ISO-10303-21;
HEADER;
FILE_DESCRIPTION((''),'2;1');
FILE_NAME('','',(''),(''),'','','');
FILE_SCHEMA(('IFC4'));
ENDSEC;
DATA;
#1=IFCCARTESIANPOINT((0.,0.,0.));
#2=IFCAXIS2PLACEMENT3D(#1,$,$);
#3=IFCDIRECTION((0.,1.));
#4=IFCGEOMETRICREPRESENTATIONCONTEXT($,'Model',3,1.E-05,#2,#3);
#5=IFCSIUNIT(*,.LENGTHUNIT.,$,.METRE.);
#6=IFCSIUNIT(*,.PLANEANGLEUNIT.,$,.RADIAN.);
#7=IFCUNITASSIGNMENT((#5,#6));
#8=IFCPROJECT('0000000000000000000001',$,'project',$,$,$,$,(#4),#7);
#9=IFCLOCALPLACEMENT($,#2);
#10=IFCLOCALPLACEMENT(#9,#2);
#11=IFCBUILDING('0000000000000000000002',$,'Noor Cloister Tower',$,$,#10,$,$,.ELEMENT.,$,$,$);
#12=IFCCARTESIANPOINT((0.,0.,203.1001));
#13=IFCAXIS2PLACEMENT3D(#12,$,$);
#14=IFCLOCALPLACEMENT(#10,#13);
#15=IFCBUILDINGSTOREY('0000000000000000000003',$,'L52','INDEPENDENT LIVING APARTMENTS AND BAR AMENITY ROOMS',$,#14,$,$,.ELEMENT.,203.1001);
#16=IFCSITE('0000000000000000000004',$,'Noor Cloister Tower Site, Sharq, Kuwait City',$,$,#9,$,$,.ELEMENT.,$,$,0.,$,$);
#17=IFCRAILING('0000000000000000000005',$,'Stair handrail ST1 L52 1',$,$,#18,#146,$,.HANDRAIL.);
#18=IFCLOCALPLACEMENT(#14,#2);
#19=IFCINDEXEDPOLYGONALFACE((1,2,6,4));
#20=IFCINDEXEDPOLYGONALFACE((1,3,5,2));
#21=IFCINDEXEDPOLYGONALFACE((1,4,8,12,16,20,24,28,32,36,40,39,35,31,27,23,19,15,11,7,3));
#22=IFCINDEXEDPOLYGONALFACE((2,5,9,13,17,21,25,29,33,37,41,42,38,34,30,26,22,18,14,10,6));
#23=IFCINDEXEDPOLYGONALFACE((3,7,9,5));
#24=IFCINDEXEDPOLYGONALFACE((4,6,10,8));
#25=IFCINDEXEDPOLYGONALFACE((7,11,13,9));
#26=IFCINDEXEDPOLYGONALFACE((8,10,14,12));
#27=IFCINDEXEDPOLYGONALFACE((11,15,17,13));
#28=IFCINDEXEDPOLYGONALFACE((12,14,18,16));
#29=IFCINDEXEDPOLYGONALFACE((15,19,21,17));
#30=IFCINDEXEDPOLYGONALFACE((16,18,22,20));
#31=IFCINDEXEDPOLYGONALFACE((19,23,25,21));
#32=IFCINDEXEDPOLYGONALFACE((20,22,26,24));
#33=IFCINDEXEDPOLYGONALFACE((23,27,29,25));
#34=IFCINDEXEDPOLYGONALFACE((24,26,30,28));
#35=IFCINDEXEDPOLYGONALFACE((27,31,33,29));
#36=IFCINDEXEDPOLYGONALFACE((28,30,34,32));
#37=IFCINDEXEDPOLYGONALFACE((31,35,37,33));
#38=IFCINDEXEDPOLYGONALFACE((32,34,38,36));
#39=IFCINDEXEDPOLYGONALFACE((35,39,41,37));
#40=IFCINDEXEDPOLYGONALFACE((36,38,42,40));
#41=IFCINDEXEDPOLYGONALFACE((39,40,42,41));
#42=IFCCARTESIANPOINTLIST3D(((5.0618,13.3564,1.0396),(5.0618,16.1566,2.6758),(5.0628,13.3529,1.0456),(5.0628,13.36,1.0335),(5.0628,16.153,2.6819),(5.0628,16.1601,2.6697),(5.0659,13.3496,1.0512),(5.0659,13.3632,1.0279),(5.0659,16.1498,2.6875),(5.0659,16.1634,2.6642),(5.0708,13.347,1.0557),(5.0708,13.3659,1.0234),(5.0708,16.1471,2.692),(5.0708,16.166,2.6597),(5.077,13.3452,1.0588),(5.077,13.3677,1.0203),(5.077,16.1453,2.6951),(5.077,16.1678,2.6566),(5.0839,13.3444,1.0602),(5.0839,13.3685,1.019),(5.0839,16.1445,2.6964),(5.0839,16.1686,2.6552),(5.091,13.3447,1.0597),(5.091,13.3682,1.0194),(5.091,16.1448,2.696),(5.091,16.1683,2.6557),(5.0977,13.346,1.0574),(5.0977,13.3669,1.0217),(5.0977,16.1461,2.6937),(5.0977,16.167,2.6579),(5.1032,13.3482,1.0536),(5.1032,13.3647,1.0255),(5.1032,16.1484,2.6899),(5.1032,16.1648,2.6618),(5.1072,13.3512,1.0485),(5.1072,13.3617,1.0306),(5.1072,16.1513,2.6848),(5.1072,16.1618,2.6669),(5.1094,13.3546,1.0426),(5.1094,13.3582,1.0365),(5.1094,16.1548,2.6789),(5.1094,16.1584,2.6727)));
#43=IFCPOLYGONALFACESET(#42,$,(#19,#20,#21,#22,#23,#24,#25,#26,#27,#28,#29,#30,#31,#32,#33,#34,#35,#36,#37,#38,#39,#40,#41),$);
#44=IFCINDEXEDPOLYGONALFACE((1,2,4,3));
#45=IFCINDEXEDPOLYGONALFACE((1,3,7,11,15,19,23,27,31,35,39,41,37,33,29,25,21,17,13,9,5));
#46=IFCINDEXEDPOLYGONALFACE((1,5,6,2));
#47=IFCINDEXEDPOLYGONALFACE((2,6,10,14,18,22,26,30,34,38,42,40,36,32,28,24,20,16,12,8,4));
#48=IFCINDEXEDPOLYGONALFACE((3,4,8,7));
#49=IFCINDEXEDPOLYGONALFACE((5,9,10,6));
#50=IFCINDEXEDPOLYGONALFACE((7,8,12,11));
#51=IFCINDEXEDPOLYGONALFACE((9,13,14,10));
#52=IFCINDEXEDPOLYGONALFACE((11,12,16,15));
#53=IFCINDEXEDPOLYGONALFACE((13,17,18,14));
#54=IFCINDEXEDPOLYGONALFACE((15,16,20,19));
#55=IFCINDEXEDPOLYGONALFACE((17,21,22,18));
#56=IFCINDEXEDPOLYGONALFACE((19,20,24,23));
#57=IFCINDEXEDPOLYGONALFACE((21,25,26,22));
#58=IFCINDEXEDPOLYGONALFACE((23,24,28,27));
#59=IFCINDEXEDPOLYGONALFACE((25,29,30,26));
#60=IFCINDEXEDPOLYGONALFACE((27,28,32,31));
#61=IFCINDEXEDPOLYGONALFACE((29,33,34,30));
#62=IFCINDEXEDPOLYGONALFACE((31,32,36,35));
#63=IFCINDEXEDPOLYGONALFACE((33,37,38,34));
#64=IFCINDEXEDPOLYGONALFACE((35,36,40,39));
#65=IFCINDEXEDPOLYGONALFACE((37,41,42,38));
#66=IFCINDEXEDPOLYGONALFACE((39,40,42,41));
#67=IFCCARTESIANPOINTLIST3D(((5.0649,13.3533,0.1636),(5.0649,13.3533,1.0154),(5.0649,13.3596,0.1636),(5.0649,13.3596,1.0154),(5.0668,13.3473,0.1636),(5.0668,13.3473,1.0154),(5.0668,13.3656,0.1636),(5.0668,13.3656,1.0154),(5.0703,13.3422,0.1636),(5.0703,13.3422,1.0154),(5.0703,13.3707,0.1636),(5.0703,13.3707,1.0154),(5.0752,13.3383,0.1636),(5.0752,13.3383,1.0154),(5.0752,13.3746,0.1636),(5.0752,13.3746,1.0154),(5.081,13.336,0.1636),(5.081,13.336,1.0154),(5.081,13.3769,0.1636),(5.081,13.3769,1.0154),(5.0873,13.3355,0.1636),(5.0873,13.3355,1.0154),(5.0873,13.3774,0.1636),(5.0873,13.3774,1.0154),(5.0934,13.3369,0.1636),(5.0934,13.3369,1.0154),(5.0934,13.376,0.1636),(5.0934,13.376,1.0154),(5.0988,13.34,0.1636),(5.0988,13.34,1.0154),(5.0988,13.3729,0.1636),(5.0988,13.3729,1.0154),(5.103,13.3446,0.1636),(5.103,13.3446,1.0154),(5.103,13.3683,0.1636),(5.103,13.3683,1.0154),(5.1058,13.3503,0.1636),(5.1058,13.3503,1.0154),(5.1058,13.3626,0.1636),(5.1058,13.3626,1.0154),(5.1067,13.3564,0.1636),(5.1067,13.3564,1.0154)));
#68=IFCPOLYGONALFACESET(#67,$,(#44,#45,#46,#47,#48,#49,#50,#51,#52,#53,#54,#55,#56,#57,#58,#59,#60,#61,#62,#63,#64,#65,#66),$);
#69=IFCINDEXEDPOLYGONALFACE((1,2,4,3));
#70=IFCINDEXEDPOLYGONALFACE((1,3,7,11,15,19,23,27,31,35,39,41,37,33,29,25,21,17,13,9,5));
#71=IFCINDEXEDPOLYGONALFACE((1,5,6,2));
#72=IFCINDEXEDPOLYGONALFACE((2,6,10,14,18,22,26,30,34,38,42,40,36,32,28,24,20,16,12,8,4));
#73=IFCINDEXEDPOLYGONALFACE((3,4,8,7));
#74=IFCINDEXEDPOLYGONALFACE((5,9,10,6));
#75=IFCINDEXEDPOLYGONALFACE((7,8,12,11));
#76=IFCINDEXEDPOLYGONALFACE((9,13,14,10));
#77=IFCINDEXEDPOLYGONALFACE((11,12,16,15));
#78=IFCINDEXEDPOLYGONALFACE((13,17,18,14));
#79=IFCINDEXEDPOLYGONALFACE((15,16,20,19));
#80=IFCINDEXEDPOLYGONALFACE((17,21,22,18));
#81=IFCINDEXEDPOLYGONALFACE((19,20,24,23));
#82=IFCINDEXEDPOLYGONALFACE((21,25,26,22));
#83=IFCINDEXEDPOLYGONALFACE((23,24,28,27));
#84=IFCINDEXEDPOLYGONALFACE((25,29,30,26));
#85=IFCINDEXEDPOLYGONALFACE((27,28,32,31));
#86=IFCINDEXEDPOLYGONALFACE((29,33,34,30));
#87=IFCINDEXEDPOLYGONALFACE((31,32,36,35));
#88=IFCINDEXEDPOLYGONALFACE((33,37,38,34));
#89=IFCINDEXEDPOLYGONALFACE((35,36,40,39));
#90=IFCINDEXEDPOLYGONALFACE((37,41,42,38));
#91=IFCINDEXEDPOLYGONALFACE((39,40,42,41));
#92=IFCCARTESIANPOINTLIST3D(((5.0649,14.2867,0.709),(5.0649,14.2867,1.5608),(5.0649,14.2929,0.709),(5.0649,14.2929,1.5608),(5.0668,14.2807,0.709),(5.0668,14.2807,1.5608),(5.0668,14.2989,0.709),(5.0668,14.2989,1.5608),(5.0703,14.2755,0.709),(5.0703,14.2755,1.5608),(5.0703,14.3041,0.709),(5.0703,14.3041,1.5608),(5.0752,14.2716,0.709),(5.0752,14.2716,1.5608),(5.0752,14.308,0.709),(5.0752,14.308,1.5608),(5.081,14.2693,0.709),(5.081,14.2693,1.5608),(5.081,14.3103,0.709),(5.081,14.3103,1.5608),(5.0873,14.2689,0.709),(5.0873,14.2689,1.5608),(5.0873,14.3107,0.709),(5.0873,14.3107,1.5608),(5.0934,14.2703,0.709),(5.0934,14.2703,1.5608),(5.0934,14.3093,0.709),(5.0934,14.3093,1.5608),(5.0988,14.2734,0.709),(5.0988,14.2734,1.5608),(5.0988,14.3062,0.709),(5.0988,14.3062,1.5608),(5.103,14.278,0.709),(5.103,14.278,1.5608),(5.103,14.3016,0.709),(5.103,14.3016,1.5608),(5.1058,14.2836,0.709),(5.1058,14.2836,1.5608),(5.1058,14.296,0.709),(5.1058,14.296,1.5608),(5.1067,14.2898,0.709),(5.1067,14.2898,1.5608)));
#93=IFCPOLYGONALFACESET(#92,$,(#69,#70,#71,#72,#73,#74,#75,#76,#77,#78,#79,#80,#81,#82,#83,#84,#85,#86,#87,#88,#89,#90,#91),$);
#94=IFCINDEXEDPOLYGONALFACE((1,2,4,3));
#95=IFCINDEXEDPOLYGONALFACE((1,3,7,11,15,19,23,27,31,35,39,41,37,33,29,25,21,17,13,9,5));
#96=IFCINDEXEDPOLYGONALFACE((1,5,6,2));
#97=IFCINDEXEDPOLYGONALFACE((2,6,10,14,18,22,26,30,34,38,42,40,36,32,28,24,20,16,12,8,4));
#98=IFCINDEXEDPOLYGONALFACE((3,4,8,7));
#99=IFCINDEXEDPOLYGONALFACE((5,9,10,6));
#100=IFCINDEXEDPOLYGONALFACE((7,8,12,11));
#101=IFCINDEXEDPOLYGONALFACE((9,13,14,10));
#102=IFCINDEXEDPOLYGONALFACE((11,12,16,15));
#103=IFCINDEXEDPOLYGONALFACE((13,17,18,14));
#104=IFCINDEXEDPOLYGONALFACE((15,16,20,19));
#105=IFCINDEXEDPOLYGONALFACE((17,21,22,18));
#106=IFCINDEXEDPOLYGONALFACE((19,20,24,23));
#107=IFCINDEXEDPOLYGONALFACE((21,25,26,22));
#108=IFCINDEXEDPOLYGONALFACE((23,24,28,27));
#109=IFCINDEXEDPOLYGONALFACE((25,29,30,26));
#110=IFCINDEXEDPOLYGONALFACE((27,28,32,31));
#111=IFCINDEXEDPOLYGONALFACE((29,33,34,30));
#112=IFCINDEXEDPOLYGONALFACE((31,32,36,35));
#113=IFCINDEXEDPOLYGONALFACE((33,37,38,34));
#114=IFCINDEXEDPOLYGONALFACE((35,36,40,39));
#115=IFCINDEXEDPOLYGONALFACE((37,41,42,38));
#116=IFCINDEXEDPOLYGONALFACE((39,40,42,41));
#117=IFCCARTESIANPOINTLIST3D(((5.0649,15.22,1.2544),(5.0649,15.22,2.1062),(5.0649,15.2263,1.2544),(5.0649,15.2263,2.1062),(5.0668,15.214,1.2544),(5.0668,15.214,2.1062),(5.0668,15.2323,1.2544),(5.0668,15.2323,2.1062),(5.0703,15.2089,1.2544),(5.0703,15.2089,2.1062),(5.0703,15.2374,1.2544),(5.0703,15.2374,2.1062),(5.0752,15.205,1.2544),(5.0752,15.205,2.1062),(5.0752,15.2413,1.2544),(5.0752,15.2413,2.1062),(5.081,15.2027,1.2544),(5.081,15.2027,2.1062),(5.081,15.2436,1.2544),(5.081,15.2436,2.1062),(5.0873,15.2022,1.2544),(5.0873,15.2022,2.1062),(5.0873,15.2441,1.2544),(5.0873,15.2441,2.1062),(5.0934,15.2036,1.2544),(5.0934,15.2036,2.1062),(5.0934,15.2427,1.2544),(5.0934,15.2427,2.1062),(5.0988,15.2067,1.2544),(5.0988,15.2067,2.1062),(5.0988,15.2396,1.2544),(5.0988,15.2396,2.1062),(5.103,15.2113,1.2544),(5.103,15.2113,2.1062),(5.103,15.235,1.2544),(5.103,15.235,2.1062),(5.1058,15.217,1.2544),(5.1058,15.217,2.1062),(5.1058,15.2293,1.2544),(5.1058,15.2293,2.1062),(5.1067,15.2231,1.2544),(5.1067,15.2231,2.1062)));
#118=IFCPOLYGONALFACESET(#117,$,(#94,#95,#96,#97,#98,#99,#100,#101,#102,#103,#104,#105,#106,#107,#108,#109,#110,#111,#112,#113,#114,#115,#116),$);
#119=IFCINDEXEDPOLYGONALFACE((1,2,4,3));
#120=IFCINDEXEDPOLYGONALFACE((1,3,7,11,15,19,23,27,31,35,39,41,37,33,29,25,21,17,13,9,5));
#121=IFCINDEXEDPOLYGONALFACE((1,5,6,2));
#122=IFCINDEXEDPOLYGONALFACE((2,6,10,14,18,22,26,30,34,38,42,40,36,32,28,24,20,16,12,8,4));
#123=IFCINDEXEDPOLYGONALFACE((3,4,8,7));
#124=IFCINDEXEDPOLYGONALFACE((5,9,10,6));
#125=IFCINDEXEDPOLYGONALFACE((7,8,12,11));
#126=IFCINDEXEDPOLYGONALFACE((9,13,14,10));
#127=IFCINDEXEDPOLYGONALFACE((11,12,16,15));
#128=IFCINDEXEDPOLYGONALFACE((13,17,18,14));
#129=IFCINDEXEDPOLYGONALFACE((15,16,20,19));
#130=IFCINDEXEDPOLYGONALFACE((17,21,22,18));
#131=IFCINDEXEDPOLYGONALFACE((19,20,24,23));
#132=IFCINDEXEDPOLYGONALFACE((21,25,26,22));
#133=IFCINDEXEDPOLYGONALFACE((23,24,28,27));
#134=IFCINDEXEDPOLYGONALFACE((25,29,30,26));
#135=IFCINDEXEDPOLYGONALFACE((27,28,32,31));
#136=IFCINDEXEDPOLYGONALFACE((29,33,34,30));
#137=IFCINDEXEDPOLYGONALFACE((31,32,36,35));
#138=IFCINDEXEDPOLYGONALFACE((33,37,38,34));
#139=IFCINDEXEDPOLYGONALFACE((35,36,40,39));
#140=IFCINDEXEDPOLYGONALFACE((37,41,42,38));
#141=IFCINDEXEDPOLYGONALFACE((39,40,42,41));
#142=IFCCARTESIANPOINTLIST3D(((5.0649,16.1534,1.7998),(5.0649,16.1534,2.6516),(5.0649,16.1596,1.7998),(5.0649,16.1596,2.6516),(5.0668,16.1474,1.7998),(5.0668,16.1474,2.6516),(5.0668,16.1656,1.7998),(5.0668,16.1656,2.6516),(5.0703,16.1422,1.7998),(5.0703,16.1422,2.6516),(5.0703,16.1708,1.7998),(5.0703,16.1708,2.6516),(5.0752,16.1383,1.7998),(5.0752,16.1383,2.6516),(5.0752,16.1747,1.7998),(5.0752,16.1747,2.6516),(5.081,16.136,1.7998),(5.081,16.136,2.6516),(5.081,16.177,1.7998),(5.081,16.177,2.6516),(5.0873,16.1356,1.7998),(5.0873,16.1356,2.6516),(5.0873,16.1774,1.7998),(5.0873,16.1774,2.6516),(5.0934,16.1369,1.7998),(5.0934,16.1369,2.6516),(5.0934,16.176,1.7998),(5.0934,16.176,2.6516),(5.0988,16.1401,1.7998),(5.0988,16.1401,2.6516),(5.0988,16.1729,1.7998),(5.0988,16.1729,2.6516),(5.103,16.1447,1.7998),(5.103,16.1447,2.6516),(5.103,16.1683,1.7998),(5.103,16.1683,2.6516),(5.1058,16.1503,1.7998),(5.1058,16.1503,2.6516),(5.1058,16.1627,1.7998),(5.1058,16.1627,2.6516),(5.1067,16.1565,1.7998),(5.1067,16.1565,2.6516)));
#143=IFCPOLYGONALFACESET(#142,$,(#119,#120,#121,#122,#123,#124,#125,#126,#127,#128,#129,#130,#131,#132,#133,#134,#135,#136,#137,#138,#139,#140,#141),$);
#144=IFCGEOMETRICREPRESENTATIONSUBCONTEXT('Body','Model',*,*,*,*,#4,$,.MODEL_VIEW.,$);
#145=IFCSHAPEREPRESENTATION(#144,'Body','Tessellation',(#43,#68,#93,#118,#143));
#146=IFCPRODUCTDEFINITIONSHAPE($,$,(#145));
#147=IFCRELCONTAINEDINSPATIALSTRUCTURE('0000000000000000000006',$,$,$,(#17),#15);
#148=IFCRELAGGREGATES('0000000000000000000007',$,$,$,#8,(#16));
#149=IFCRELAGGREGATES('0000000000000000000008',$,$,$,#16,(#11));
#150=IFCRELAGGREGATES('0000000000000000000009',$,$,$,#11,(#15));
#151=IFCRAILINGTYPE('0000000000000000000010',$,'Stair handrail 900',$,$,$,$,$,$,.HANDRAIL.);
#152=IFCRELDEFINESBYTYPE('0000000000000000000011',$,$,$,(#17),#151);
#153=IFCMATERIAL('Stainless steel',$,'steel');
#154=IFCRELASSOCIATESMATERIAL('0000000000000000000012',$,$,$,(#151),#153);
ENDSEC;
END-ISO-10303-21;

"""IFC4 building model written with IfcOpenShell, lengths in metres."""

from ifc_helpers import new_model, si_unit, direction, frame, origin, origin_2d, place, context, subcontext, project, spatial, circle, extrude, material, type_object, element, save


model = new_model("IFC4")

# Units and contexts
model_context = context("Model", 3, precision=1e-05, world=origin(), true_north=direction((0.0, 1.0)))
body_context = subcontext(model_context, "Body", "Model", "MODEL_VIEW")
ifc_project = project(units=[si_unit("LENGTHUNIT", "METRE"), si_unit("PLANEANGLEUNIT", "RADIAN")], contexts=[model_context])

# Site, building, storey
site_placement = place(None, origin())
site = spatial("IfcSite", under=ifc_project, at=site_placement, Name="Noor Cloister Tower Site, Sharq, Kuwait City", CompositionType="ELEMENT", RefElevation=0.0)
building_placement = place(site_placement, origin())
building = spatial("IfcBuilding", under=site, at=building_placement, Name="Noor Cloister Tower", CompositionType="ELEMENT")
storey_placement = place(building_placement, frame((0.0, 0.0, 203.1001)))
storey = spatial("IfcBuildingStorey", under=building, at=storey_placement, Name="L52", Description="INDEPENDENT LIVING APARTMENTS AND BAR AMENITY ROOMS", CompositionType="ELEMENT", Elevation=203.1001)

# Railing
ifc_material_1 = material(Name="Stainless steel", Category="steel")
railing_type_1 = type_object("IfcRailingType", Name="Stair handrail 900", PredefinedType="HANDRAIL", material=ifc_material_1)
railing_1_placement = place(storey_placement, frame((5.0857, 13.3564, 0.1636)))
element("IfcRailing", 1, at=railing_1_placement, inside=storey, type_object=railing_type_1, Name="Stair handrail ST1 L52 1", PredefinedType="HANDRAIL", context=body_context, shape_type="SweptSolid", body=[
    extrude(circle(Radius=0.0239, at=origin_2d()), frame((0.0, 0.0, 0.876), z_axis=(0.0, 0.863394, 0.504531), x_axis=(-1.0, 0.0, 0.0)), (0.0, 0.0, 1.0), 3.2432),
    extrude(circle(Radius=0.021, at=origin_2d()), origin(), (0.0, 0.0, 1.0), 0.8518),
    extrude(circle(Radius=0.021, at=origin_2d()), frame((0.0, 0.9333, 0.5454)), (0.0, 0.0, 1.0), 0.8518),
    extrude(circle(Radius=0.021, at=origin_2d()), frame((0.0, 1.8667, 1.0908)), (0.0, 0.0, 1.0), 0.8518),
    extrude(circle(Radius=0.021, at=origin_2d()), frame((0.0, 2.8, 1.6362)), (0.0, 0.0, 1.0), 0.8518),
])

save(model, "model.ifc")
